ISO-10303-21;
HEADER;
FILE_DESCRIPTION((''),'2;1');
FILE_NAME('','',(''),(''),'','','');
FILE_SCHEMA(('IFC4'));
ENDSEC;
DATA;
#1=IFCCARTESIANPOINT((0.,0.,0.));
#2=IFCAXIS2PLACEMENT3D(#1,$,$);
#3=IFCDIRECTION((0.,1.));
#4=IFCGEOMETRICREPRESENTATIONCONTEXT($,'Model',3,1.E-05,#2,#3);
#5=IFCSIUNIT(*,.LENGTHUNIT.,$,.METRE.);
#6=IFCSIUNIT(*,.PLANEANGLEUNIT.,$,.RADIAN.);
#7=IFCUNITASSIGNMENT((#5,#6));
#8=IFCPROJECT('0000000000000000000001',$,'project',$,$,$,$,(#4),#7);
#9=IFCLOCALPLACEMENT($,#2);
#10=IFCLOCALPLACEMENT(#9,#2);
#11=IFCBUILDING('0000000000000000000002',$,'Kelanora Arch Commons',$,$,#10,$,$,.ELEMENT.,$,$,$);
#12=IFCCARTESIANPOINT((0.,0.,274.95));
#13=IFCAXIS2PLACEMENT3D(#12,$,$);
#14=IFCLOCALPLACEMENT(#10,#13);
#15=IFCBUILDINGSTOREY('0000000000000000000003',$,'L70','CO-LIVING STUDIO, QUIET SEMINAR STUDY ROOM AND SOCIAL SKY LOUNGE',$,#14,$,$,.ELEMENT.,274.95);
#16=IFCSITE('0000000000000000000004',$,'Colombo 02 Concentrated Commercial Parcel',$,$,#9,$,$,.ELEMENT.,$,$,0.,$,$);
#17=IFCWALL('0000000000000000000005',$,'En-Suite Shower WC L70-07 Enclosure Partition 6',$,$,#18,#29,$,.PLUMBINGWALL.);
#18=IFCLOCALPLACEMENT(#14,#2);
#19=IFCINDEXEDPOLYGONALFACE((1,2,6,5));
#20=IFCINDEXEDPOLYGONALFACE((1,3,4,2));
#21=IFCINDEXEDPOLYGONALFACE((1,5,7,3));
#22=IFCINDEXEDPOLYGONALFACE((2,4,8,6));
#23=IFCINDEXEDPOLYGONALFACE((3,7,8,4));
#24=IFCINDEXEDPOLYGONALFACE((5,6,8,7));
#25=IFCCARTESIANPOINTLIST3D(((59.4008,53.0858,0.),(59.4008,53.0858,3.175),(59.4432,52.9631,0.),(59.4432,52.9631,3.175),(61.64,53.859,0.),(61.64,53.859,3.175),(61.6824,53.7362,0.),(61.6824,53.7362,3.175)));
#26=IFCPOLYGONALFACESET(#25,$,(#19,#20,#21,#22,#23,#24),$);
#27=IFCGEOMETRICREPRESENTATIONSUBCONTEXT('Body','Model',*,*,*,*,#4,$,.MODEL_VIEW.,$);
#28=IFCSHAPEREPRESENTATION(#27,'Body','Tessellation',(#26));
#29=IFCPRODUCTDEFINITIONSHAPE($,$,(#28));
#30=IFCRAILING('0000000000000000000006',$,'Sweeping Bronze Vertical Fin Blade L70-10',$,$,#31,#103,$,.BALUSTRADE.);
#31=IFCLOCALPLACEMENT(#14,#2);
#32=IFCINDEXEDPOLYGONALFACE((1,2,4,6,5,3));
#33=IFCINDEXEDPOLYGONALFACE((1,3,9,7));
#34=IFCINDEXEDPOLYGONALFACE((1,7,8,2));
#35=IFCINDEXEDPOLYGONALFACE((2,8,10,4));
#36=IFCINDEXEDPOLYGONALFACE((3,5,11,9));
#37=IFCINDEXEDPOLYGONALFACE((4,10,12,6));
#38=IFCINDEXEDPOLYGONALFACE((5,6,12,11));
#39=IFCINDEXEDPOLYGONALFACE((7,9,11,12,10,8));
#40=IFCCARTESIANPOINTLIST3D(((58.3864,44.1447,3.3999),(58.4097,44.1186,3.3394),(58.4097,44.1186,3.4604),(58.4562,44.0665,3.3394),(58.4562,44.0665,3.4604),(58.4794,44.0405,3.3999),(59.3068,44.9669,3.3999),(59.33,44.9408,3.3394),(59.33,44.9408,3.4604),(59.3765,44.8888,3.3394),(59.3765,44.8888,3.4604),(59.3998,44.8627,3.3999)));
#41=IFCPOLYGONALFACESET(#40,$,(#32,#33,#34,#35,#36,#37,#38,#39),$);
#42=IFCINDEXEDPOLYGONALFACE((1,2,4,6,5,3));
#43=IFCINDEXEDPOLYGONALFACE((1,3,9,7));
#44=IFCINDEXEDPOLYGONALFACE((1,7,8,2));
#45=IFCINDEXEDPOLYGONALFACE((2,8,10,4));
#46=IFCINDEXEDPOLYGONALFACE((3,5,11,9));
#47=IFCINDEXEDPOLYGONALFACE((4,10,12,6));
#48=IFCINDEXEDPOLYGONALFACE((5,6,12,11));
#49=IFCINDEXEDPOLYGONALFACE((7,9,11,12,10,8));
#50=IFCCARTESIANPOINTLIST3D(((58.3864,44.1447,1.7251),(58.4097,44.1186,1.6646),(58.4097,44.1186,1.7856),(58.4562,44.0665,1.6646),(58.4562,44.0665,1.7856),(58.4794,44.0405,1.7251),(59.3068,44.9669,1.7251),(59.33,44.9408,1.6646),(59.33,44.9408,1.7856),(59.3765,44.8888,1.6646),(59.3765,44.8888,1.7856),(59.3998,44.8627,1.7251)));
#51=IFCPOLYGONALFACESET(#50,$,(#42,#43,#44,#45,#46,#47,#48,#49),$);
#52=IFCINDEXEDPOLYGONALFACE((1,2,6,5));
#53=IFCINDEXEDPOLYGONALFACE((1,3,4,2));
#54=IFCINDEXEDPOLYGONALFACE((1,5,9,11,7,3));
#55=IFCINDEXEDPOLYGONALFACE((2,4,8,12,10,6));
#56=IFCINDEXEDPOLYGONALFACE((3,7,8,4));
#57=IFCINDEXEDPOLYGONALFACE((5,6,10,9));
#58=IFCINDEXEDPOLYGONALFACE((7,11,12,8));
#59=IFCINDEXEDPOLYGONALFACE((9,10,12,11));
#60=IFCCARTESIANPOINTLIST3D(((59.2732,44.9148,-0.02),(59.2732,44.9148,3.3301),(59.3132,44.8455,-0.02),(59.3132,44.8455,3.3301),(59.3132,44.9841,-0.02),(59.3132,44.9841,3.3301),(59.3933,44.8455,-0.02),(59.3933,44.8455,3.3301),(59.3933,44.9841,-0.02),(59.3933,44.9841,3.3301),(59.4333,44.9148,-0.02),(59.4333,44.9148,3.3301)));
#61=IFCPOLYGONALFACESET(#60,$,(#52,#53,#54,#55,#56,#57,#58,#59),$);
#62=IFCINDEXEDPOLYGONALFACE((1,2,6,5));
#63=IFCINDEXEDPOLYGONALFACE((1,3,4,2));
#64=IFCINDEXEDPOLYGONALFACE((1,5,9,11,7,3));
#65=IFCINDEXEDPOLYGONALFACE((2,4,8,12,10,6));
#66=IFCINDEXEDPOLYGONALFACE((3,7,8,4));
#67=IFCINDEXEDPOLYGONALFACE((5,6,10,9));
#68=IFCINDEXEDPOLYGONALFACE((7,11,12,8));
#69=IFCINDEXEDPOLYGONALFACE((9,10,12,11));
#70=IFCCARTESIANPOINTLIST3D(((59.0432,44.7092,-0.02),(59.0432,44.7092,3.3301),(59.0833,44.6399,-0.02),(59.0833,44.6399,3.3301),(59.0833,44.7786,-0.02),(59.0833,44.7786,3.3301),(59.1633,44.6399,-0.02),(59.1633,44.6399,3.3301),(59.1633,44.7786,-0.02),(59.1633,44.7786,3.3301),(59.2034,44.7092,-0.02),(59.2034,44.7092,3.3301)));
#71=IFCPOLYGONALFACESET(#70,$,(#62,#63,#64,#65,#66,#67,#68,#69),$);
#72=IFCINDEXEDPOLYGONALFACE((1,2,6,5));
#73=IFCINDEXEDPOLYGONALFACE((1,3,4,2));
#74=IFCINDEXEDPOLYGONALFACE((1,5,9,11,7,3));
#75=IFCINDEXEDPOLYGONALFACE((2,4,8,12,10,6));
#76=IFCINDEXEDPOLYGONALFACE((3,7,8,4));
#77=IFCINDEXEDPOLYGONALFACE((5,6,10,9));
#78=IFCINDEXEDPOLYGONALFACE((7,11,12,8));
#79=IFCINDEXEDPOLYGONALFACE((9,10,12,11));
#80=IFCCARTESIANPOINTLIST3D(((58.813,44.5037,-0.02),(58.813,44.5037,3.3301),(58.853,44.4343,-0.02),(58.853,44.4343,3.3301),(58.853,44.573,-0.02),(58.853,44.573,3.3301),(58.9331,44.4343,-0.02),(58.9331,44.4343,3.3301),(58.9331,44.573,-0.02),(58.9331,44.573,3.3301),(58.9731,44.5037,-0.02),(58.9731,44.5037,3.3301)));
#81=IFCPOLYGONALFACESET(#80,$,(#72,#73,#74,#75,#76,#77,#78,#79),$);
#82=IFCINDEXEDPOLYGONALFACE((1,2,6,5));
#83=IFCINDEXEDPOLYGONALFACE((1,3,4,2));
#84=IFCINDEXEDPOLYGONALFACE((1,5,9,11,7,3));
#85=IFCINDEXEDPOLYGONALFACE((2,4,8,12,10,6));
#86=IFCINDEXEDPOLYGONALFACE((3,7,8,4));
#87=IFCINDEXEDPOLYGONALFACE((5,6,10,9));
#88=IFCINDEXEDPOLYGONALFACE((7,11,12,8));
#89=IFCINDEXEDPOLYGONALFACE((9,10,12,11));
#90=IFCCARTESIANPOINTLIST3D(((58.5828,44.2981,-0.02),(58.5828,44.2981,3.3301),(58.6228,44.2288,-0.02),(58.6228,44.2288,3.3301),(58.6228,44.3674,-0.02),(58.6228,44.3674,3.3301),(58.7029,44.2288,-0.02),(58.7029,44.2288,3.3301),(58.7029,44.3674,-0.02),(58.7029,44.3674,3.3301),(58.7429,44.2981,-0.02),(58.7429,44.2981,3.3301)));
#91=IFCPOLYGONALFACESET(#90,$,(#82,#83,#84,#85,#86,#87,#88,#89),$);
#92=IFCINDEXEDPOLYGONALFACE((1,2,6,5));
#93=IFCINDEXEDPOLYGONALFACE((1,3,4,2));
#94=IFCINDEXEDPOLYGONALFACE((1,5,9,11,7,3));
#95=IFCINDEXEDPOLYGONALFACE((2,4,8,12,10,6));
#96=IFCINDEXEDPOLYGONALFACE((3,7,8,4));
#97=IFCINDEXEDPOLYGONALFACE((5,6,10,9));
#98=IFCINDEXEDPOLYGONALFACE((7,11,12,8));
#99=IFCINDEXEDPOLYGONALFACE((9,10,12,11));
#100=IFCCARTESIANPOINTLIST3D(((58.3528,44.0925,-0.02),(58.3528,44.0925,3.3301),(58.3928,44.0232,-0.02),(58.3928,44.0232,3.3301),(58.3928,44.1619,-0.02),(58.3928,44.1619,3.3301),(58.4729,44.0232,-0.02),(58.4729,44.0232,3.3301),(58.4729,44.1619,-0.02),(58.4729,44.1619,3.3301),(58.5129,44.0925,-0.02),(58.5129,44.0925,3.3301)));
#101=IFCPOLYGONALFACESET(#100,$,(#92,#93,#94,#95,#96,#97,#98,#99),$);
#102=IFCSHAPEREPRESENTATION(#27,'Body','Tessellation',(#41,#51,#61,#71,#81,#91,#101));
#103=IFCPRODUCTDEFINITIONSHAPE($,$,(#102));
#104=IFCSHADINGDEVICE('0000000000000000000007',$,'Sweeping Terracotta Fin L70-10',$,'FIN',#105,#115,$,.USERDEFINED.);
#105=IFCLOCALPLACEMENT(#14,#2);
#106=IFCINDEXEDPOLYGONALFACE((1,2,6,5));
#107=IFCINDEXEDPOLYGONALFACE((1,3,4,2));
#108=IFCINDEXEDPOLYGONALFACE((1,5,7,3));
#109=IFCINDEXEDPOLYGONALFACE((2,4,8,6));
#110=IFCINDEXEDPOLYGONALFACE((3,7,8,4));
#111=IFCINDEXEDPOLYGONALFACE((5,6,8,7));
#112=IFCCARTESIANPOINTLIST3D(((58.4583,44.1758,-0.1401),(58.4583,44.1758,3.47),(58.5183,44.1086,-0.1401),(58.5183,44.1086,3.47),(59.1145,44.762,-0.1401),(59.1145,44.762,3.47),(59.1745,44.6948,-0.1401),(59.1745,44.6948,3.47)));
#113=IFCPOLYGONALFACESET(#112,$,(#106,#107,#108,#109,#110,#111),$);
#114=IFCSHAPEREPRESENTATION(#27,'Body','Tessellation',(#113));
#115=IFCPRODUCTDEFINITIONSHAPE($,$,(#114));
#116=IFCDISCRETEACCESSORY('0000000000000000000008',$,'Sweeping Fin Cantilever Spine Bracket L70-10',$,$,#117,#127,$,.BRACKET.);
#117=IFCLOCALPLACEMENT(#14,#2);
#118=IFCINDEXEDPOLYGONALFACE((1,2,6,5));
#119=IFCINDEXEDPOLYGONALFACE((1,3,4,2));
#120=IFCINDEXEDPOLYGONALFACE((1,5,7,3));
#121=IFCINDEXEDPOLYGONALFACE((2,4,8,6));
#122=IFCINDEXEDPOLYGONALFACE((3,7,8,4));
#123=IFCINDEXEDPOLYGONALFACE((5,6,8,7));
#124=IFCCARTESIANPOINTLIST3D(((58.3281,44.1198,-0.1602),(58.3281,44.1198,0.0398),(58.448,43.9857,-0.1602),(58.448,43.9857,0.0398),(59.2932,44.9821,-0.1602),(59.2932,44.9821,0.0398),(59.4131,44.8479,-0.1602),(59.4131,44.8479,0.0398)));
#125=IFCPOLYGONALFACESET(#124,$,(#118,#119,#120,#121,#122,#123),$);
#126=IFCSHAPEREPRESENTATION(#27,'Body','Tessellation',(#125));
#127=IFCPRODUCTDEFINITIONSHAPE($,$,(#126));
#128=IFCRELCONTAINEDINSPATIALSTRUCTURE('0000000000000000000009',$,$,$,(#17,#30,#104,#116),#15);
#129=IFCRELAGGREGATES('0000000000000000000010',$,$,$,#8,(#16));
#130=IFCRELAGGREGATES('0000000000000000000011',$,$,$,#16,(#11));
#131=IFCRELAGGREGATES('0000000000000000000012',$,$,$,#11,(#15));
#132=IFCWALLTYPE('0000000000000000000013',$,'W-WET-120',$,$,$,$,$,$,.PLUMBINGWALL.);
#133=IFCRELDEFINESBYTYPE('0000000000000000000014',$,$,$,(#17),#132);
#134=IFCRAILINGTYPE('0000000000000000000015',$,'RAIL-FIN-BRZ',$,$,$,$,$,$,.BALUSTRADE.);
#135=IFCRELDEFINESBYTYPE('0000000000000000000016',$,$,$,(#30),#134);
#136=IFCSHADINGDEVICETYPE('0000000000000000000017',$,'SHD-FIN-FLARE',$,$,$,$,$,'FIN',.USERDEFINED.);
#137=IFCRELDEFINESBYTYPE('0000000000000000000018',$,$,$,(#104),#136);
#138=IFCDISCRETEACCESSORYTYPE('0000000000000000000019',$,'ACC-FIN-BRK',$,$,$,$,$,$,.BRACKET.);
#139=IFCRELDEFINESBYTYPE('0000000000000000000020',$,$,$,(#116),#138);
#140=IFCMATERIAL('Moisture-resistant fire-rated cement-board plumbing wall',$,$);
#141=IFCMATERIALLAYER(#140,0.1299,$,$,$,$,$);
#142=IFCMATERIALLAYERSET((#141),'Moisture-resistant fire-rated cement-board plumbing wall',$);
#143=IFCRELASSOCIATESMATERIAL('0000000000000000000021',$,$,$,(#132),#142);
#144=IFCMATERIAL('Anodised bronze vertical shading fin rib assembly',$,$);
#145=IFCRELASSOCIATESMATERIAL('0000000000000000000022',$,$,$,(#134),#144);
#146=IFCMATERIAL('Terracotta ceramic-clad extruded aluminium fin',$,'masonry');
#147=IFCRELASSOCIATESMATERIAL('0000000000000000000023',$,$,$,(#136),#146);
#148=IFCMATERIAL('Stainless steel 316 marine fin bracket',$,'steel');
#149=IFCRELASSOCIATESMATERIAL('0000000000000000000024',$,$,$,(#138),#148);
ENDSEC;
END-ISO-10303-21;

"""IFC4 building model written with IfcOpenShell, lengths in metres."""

from ifc_helpers import new_model, si_unit, direction, frame, frame_2d, origin, origin_2d, place, context, subcontext, project, spatial, polyline, rectangle, outline, extrude, source, transform, mapped, material, layer, layer_set, type_object, element, save


model = new_model("IFC4")

# Units and contexts
model_context = context("Model", 3, precision=1e-05, world=origin(), true_north=direction((0.0, 1.0)))
body_context = subcontext(model_context, "Body", "Model", "MODEL_VIEW")
ifc_project = project(units=[si_unit("LENGTHUNIT", "METRE"), si_unit("PLANEANGLEUNIT", "RADIAN")], contexts=[model_context])

# Site, building, storey
site_placement = place(None, origin())
site = spatial("IfcSite", under=ifc_project, at=site_placement, Name="Colombo 02 Concentrated Commercial Parcel", CompositionType="ELEMENT", RefElevation=0.0)
building_placement = place(site_placement, origin())
building = spatial("IfcBuilding", under=site, at=building_placement, Name="Kelanora Arch Commons", CompositionType="ELEMENT")
storey_placement = place(building_placement, frame((0.0, 0.0, 274.95)))
storey = spatial("IfcBuildingStorey", under=building, at=storey_placement, Name="L70", Description="CO-LIVING STUDIO, QUIET SEMINAR STUDY ROOM AND SOCIAL SKY LOUNGE", CompositionType="ELEMENT", Elevation=274.95)

# Wall
ifc_material_1 = material(Name="Moisture-resistant fire-rated cement-board plumbing wall")
ifc_layer_1 = layer(ifc_material_1, 0.1299)
ifc_layer_set_1 = layer_set([ifc_layer_1], Name="Moisture-resistant fire-rated cement-board plumbing wall")
wall_type_1 = type_object("IfcWallType", Name="W-WET-120", PredefinedType="PLUMBINGWALL", material=ifc_layer_set_1)
wall_1_placement = place(storey_placement, frame((59.4219, 53.0244, 0.0), z_axis=(0.0, 0.0, 1.0), x_axis=(0.945238, 0.326381, 0.0)))
element("IfcWall", 1, at=wall_1_placement, inside=storey, type_object=wall_type_1, Name="En-Suite Shower WC L70-07 Enclosure Partition 6", PredefinedType="PLUMBINGWALL", context=body_context, shape_type="SweptSolid", body=[
    extrude(rectangle(XDim=2.3689, YDim=0.1299, at=frame_2d((1.1846, 0.0))), origin(), (0.0, 0.0, 1.0), 3.175),
])

# Railing
ifc_material_2 = material(Name="Anodised bronze vertical shading fin rib assembly")
railing_type = type_object("IfcRailingType", Name="RAIL-FIN-BRZ", PredefinedType="BALUSTRADE", material=ifc_material_2)
railing_placement = place(storey_placement, frame((59.3533, 44.9148, -0.02)))
element("IfcRailing", 2, at=railing_placement, inside=storey, type_object=railing_type, Name="Sweeping Bronze Vertical Fin Blade L70-10", PredefinedType="BALUSTRADE", context=body_context, shape_type="SweptSolid", body=[
    extrude(outline(polyline([(0.0698, 0.0), (0.0349, 0.0605), (-0.0349, 0.0605), (-0.0698, 0.0), (-0.0349, -0.0605), (0.0349, -0.0605), (0.0698, 0.0)])), frame((0.0, 0.0, 3.4199), z_axis=(-0.745748, -0.666228, 0.0), x_axis=(0.666228, -0.745748, 0.0)), (0.0, 0.0, 1.0), 1.2341),
    extrude(outline(polyline([(0.0698, 0.0), (0.0349, 0.0605), (-0.0349, 0.0605), (-0.0698, 0.0), (-0.0349, -0.0605), (0.0349, -0.0605), (0.0698, 0.0)])), frame((0.0, 0.0, 1.7451), z_axis=(-0.745748, -0.666228, 0.0), x_axis=(0.666228, -0.745748, 0.0)), (0.0, 0.0, 1.0), 1.2341),
    extrude(outline(polyline([(0.0801, 0.0), (0.04, 0.0693), (-0.04, 0.0693), (-0.0801, 0.0), (-0.04, -0.0693), (0.04, -0.0693), (0.0801, 0.0)])), origin(), (0.0, 0.0, 1.0), 3.3501),
    extrude(outline(polyline([(0.0801, 0.0), (0.04, 0.0693), (-0.04, 0.0693), (-0.0801, 0.0), (-0.04, -0.0693), (0.04, -0.0693), (0.0801, 0.0)])), frame((-0.23, -0.2056, 0.0)), (0.0, 0.0, 1.0), 3.3501),
    extrude(outline(polyline([(0.0801, 0.0), (0.04, 0.0693), (-0.04, 0.0693), (-0.0801, 0.0), (-0.04, -0.0693), (0.04, -0.0693), (0.0801, 0.0)])), frame((-0.4602, -0.4111, 0.0)), (0.0, 0.0, 1.0), 3.3501),
    extrude(outline(polyline([(0.0801, 0.0), (0.04, 0.0693), (-0.04, 0.0693), (-0.0801, 0.0), (-0.04, -0.0693), (0.04, -0.0693), (0.0801, 0.0)])), frame((-0.6904, -0.6167, 0.0)), (0.0, 0.0, 1.0), 3.3501),
    extrude(outline(polyline([(0.0801, 0.0), (0.04, 0.0693), (-0.04, 0.0693), (-0.0801, 0.0), (-0.04, -0.0693), (0.04, -0.0693), (0.0801, 0.0)])), frame((-0.9204, -0.8223, 0.0)), (0.0, 0.0, 1.0), 3.3501),
])

# Shading device
ifc_material_3 = material(Name="Terracotta ceramic-clad extruded aluminium fin", Category="masonry")
shading_device_type = type_object("IfcShadingDeviceType", Name="SHD-FIN-FLARE", ElementType="FIN", PredefinedType="USERDEFINED", material=ifc_material_3)
shared_shape_1 = source(origin(), body_context, "Body", "SweptSolid", [
    extrude(rectangle(XDim=0.8799, YDim=0.0901, at=origin_2d()), origin(), (0.0, 0.0, 1.0), 3.6101),
])
shading_device_placement = place(storey_placement, frame((58.8164, 44.4353, -0.1401), z_axis=(0.0, 0.0, 1.0), x_axis=(-0.745709, -0.666272, 0.0)))
element("IfcShadingDevice", 3, at=shading_device_placement, inside=storey, type_object=shading_device_type, Name="Sweeping Terracotta Fin L70-10", ObjectType="FIN", PredefinedType="USERDEFINED", context=body_context, shape_type="MappedRepresentation", body=[
    mapped(shared_shape_1, transform((0.0, 0.0, 0.0), scale=1.0)),
])

# Discrete accessory
ifc_material_4 = material(Name="Stainless steel 316 marine fin bracket", Category="steel")
discrete_accessory_type = type_object("IfcDiscreteAccessoryType", Name="ACC-FIN-BRK", PredefinedType="BRACKET", material=ifc_material_4)
shared_shape_2 = source(origin(), body_context, "Body", "SweptSolid", [
    extrude(rectangle(XDim=1.2942, YDim=0.1799, at=origin_2d()), origin(), (0.0, 0.0, 1.0), 0.2),
])
discrete_accessory_placement = place(storey_placement, frame((58.8706, 44.4839, -0.1602), z_axis=(0.0, 0.0, 1.0), x_axis=(-0.745709, -0.666272, 0.0)))
element("IfcDiscreteAccessory", 4, at=discrete_accessory_placement, inside=storey, type_object=discrete_accessory_type, Name="Sweeping Fin Cantilever Spine Bracket L70-10", PredefinedType="BRACKET", context=body_context, shape_type="MappedRepresentation", body=[
    mapped(shared_shape_2, transform((0.0, 0.0, 0.0), scale=1.0)),
])

save(model, "model.ifc")
